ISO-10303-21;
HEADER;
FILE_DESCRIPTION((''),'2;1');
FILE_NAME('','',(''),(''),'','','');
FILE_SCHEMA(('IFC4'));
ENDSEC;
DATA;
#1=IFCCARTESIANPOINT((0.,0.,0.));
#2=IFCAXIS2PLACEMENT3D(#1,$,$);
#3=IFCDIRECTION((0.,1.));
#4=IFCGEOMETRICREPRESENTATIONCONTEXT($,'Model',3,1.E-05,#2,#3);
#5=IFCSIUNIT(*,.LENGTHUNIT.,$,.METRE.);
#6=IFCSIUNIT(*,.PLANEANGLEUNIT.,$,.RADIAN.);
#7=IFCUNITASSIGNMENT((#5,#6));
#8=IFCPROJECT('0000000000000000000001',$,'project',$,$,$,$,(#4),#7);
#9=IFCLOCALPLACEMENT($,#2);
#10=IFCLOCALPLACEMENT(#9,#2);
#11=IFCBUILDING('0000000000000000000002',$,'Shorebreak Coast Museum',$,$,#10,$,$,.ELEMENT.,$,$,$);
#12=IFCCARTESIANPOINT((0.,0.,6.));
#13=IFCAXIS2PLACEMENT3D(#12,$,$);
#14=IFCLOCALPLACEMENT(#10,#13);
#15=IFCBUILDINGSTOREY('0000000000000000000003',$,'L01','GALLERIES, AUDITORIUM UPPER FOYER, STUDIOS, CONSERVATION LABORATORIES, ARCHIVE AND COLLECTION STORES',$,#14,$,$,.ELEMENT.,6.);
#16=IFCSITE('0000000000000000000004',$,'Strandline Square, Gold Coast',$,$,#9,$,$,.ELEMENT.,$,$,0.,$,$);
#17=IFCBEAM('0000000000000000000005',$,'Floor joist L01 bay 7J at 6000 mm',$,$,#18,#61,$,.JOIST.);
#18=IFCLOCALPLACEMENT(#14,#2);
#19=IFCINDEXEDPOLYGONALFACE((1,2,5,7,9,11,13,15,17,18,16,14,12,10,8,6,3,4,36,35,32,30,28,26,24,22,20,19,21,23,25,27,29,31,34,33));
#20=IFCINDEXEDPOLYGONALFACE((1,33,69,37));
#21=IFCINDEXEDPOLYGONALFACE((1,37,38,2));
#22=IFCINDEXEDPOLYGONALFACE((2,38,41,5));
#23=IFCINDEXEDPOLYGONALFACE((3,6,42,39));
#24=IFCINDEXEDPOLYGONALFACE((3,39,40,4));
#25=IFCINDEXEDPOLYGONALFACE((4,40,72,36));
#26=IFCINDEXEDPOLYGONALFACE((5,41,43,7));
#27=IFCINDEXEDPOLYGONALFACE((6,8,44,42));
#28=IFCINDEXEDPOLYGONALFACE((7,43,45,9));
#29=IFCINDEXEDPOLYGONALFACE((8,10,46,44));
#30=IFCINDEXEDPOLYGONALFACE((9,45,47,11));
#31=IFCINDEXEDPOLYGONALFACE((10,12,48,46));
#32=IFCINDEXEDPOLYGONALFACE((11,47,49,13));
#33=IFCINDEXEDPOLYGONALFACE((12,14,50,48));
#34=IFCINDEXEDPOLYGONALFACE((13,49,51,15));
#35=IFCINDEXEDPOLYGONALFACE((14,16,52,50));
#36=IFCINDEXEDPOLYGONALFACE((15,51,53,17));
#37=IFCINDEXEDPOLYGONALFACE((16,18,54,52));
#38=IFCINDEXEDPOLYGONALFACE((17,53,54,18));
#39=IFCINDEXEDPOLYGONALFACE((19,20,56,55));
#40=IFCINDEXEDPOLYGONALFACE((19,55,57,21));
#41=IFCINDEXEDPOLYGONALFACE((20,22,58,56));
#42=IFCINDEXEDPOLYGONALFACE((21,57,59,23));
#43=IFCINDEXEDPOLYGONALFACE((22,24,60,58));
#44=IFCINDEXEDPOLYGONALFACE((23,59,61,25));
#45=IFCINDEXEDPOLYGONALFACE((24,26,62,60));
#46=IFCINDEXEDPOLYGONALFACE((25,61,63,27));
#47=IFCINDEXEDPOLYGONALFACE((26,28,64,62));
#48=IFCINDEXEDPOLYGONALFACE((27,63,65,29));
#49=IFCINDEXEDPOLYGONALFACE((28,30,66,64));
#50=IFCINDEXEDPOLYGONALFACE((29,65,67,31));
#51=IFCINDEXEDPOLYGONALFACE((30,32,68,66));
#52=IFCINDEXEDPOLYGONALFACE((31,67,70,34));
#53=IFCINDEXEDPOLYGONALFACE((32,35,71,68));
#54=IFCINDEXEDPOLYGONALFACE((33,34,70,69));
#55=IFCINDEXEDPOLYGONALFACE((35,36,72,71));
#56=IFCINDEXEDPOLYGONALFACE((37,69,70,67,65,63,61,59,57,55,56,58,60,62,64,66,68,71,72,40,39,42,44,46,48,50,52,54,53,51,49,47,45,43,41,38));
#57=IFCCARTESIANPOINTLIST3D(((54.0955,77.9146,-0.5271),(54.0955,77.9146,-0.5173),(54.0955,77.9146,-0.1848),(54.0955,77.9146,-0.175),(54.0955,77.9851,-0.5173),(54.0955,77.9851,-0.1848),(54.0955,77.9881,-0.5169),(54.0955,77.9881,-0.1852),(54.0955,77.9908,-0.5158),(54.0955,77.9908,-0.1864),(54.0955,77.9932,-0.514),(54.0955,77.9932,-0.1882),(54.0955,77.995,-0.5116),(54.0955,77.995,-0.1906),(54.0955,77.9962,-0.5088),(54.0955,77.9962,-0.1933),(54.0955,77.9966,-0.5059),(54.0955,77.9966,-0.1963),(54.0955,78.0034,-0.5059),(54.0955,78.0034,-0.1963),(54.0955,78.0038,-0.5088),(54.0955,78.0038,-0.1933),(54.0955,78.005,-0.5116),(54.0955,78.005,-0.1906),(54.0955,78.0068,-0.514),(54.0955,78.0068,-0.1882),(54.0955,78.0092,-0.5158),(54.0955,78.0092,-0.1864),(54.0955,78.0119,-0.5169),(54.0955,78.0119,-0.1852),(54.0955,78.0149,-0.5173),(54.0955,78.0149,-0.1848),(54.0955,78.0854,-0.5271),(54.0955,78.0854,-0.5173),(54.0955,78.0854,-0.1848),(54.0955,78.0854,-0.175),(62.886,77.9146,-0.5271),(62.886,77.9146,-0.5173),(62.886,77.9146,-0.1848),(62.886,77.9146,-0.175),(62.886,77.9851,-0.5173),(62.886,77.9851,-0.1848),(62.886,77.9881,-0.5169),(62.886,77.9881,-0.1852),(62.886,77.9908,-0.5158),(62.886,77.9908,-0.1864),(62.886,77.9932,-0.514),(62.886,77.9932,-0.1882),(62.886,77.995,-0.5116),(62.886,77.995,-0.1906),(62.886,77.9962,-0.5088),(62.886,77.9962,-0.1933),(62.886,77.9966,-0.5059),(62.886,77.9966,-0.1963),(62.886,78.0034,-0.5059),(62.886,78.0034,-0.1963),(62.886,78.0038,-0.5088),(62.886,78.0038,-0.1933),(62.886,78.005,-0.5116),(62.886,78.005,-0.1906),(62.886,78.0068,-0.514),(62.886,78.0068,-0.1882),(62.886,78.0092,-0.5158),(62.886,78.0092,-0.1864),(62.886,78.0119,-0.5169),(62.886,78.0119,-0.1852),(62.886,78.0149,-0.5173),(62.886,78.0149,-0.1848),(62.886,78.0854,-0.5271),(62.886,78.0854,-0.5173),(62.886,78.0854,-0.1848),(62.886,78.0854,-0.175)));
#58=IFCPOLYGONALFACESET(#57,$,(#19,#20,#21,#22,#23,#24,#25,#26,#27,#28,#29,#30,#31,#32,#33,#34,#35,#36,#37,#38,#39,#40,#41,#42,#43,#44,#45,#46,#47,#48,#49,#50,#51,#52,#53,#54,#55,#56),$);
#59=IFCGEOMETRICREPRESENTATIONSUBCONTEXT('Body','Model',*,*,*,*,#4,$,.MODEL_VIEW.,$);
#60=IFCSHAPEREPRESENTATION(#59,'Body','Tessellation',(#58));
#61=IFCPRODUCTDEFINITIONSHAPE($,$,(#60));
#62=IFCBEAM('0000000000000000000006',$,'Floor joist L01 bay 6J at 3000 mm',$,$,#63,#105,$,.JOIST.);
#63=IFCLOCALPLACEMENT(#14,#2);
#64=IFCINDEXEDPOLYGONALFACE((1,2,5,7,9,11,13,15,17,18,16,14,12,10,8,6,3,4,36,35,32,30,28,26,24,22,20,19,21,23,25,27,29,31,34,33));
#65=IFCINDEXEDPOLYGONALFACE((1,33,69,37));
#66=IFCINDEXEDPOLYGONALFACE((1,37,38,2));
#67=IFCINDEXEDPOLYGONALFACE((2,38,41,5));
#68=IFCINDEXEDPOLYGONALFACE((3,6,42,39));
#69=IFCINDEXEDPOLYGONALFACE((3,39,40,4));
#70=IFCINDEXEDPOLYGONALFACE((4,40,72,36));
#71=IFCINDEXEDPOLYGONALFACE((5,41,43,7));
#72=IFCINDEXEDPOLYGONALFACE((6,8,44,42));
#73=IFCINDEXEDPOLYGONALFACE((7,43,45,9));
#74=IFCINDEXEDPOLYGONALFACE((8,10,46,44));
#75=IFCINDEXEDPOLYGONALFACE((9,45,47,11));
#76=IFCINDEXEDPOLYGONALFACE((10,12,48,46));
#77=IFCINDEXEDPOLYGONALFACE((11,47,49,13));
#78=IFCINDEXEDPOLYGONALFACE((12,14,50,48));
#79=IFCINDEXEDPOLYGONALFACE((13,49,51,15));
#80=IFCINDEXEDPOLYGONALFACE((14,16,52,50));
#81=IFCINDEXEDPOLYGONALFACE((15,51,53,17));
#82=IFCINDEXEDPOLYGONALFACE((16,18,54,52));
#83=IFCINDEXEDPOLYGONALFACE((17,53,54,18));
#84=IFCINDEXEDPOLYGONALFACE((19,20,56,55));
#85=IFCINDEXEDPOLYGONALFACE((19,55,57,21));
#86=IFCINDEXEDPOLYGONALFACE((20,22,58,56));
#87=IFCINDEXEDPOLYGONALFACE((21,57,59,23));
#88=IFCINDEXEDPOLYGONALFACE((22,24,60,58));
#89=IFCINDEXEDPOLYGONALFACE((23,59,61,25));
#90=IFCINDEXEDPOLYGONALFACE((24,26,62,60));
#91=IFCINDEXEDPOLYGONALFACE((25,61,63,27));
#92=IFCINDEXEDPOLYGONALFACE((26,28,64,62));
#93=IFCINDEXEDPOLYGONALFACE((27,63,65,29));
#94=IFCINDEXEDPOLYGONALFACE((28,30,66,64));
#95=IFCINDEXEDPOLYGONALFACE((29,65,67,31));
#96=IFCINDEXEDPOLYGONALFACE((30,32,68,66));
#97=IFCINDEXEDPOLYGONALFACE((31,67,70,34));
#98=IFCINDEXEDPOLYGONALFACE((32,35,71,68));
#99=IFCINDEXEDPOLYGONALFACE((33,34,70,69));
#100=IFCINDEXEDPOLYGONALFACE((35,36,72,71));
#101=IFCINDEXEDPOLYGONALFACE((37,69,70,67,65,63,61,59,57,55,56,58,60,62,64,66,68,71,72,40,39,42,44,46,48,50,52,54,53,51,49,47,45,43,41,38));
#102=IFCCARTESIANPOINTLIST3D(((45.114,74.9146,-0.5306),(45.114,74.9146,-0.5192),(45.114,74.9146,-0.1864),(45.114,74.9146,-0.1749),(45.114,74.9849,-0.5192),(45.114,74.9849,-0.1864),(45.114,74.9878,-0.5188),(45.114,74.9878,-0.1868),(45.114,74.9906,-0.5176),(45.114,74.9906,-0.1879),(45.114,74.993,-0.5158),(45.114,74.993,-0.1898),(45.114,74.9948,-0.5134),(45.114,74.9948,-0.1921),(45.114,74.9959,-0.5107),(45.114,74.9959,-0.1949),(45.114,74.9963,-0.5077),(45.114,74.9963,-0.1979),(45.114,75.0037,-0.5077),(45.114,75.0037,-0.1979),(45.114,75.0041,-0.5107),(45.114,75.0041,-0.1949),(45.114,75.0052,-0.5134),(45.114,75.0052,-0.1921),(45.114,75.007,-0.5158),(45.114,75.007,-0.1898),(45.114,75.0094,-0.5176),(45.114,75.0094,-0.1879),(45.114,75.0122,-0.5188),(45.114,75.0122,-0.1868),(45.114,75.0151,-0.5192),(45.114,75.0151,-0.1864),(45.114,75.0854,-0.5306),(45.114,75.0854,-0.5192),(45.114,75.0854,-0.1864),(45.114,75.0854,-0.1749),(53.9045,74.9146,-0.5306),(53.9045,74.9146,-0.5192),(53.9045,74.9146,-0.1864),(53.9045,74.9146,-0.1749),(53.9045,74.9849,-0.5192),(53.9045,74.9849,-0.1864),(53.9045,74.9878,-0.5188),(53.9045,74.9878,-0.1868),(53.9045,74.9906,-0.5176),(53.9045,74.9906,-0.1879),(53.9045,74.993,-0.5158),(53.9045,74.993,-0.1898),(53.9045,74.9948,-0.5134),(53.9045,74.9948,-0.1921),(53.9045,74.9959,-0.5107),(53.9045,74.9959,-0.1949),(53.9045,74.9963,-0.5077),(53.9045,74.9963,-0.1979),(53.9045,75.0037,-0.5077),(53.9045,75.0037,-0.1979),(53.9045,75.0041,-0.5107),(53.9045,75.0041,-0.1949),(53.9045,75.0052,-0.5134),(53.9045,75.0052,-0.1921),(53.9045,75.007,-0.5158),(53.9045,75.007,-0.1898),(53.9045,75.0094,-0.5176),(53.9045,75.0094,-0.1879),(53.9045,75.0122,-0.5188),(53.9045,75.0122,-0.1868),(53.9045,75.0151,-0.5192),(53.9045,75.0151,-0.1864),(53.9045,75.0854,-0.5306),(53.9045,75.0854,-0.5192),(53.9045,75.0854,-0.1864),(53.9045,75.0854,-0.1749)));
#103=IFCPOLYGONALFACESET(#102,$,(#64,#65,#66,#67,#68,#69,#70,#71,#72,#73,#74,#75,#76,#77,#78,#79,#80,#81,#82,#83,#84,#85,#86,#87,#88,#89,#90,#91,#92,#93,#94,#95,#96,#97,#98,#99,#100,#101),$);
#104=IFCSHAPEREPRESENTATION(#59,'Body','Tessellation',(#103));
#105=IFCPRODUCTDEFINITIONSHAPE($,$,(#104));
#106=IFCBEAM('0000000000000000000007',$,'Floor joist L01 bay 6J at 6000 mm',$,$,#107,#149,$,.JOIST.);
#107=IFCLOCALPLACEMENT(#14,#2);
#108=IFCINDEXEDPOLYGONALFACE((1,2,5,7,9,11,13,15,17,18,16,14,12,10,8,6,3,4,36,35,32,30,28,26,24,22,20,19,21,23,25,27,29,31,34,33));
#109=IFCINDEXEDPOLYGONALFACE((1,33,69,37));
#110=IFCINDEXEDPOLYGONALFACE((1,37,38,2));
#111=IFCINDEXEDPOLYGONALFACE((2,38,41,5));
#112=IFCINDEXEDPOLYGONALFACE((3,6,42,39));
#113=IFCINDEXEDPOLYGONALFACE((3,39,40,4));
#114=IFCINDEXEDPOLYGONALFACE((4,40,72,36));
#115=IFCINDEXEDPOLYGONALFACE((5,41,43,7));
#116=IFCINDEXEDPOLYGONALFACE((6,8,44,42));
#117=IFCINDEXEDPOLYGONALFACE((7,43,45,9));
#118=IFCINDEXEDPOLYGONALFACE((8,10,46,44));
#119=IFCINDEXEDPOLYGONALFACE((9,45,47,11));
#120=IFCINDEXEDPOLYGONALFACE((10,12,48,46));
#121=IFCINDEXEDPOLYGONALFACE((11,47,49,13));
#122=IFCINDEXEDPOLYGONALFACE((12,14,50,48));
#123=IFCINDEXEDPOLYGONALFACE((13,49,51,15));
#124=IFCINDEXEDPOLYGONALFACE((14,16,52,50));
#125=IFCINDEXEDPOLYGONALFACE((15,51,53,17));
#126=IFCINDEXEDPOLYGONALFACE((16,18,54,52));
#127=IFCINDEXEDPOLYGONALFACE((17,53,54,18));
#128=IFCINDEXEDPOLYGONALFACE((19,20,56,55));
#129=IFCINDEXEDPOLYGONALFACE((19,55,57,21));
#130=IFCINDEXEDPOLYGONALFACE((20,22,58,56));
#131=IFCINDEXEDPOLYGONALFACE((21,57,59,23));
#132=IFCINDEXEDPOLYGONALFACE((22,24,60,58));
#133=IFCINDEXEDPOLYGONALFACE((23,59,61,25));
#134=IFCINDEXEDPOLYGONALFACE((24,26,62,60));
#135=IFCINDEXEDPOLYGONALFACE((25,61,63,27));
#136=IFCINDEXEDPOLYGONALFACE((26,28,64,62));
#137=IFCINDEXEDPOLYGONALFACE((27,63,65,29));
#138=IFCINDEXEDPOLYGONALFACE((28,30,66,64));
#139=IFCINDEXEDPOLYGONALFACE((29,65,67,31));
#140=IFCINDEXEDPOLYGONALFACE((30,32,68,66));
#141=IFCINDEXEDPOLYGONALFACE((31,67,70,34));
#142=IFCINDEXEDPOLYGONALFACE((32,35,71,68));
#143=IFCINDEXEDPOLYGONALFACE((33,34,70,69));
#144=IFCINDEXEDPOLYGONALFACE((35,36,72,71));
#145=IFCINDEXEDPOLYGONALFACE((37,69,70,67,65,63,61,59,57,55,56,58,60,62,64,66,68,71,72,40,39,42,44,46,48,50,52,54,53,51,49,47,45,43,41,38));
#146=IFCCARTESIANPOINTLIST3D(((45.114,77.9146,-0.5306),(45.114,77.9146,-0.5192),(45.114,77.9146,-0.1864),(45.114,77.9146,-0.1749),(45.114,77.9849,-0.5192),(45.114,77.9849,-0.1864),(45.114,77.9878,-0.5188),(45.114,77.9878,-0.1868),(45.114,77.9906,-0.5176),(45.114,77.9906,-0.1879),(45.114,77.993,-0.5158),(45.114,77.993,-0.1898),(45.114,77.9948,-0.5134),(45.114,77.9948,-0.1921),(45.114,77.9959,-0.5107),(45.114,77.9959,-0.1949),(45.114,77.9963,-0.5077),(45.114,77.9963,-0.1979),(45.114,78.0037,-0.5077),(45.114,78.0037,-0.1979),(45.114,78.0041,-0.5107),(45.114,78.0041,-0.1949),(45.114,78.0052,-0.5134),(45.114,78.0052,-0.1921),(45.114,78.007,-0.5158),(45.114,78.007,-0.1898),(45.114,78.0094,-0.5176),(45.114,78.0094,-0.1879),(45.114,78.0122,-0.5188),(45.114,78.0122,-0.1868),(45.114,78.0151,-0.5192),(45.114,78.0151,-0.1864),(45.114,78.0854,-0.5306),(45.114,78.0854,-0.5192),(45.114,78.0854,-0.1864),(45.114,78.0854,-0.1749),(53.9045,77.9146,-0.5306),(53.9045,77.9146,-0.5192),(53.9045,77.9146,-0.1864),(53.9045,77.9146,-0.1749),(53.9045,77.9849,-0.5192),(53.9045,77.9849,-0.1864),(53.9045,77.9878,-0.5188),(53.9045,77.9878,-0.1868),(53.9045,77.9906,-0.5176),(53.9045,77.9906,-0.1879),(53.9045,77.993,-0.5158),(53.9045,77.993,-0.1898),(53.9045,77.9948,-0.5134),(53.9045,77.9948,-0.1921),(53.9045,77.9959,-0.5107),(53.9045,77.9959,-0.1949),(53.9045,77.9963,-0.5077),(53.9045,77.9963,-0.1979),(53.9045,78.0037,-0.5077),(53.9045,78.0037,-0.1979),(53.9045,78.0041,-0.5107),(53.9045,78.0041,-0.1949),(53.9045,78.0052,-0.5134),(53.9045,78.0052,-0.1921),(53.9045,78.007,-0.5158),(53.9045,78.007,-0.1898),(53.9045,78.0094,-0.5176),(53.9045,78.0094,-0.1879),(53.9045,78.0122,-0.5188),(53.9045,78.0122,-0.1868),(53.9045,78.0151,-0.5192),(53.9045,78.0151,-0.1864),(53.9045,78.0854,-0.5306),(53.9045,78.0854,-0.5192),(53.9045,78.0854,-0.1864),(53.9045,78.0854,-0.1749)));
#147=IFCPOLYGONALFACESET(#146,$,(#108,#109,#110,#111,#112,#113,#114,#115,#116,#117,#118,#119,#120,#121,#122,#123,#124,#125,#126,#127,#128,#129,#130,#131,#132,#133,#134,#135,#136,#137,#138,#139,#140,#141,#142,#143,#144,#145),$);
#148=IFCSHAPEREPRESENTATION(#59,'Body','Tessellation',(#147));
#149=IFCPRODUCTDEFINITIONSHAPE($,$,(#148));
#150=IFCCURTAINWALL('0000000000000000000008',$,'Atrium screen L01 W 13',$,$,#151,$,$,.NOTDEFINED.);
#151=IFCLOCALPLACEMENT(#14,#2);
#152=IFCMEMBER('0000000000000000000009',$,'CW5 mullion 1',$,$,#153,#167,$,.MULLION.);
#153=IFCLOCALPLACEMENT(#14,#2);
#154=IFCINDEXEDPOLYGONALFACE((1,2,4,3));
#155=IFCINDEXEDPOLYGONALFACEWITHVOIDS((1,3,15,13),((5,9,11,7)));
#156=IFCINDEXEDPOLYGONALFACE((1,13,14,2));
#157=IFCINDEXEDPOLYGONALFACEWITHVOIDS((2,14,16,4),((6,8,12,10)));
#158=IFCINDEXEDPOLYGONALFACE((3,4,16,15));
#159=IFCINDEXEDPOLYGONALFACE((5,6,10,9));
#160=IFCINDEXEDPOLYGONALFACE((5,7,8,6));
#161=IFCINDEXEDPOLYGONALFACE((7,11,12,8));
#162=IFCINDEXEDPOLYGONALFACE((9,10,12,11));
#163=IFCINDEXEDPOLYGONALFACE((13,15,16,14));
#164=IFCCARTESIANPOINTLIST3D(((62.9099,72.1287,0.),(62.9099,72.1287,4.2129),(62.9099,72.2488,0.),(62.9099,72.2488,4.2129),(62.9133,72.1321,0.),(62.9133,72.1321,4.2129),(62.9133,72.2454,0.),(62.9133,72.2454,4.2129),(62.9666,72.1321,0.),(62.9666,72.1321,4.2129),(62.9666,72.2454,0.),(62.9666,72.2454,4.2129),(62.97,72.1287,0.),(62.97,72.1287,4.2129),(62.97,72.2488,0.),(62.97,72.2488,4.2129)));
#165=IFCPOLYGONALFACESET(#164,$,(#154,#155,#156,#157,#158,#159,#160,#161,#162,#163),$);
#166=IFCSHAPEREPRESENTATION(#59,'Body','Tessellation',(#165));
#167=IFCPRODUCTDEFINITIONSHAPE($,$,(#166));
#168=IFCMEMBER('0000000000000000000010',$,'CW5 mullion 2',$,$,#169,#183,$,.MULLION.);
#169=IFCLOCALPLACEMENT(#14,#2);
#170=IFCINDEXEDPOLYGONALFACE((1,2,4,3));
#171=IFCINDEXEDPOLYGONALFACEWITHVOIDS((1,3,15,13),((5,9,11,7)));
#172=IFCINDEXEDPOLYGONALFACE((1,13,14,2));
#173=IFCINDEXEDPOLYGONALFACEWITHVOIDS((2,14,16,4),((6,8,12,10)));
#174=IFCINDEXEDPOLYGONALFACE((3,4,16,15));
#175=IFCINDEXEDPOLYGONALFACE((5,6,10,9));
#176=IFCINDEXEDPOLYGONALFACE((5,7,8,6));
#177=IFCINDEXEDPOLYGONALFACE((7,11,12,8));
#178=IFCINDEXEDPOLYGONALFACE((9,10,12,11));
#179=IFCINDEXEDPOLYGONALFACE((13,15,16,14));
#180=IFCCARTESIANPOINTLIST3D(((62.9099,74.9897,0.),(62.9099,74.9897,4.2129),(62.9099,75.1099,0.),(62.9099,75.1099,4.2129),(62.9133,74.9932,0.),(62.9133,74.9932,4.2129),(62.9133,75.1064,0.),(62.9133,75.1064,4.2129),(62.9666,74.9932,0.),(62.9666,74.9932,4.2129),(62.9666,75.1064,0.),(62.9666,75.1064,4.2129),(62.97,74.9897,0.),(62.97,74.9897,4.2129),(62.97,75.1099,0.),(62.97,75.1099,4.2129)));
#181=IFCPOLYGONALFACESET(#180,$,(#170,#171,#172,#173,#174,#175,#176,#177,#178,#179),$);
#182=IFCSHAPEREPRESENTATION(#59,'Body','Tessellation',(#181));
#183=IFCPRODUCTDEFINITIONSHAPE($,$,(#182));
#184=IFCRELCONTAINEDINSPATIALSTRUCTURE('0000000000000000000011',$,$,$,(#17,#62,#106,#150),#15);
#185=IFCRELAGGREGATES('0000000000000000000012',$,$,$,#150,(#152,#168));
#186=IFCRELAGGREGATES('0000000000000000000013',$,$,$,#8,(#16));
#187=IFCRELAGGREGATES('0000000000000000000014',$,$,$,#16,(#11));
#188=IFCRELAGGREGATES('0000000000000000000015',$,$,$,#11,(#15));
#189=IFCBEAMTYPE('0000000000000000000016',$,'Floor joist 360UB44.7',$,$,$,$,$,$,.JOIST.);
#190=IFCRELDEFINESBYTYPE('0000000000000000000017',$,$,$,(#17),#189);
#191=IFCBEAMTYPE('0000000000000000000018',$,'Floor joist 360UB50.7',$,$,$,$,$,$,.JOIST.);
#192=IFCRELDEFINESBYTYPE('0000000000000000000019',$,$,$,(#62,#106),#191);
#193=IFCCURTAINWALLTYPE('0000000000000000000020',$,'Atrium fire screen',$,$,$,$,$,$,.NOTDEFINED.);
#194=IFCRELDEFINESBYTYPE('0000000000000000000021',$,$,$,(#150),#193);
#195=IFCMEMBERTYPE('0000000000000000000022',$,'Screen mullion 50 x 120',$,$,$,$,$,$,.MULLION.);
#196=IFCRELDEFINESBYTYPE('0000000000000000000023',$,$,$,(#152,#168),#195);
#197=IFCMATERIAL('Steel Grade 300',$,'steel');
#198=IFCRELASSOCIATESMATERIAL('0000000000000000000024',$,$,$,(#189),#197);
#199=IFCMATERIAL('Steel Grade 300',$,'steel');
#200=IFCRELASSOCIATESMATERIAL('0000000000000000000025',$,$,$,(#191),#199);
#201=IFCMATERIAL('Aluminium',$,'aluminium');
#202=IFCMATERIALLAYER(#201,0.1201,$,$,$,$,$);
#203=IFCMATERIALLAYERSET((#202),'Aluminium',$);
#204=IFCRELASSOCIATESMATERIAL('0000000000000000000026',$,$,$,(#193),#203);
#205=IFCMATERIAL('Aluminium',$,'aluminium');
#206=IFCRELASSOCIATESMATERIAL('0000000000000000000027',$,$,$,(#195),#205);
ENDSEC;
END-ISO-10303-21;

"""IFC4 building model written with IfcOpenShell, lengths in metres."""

from ifc_helpers import new_model, si_unit, direction, frame, origin, origin_2d, place, context, subcontext, project, spatial, hollow_rectangle, i_section, extrude, material, layer, layer_set, material_profile, profile_set, type_object, element, aggregate, save


model = new_model("IFC4")

# Units and contexts
model_context = context("Model", 3, precision=1e-05, world=origin(), true_north=direction((0.0, 1.0)))
body_context = subcontext(model_context, "Body", "Model", "MODEL_VIEW")
ifc_project = project(units=[si_unit("LENGTHUNIT", "METRE"), si_unit("PLANEANGLEUNIT", "RADIAN")], contexts=[model_context])

# Site, building, storey
site_placement = place(None, origin())
site = spatial("IfcSite", under=ifc_project, at=site_placement, Name="Strandline Square, Gold Coast", CompositionType="ELEMENT", RefElevation=0.0)
building_placement = place(site_placement, origin())
building = spatial("IfcBuilding", under=site, at=building_placement, Name="Shorebreak Coast Museum", CompositionType="ELEMENT")
storey_placement = place(building_placement, frame((0.0, 0.0, 6.0)))
storey = spatial("IfcBuildingStorey", under=building, at=storey_placement, Name="L01", Description="GALLERIES, AUDITORIUM UPPER FOYER, STUDIOS, CONSERVATION LABORATORIES, ARCHIVE AND COLLECTION STORES", CompositionType="ELEMENT", Elevation=6.0)

# Beams
ifc_material_1 = material(Name="Steel Grade 300", Category="steel")
ifc_material_profile_1 = material_profile(ifc_material_1, i_section(OverallWidth=0.1709, OverallDepth=0.3521, WebThickness=0.0068, FlangeThickness=0.0098, FilletRadius=0.0115, at=origin_2d()), Name="360UB44.7")
ifc_profile_set_1 = profile_set([ifc_material_profile_1], Name="Steel Grade 300")
beam_type_1 = type_object("IfcBeamType", Name="Floor joist 360UB44.7", PredefinedType="JOIST", material=ifc_profile_set_1)
for number, where, z_axis, x_axis, name in (
    (1, (54.0955, 78.0, -0.3511), (1.0, 0.0, 0.0), (0.0, 1.0, 0.0), "Floor joist L01 bay 7J at 6000 mm"),
):
    element("IfcBeam", number, at=place(storey_placement, frame(where, z_axis=z_axis, x_axis=x_axis)), inside=storey, type_object=beam_type_1, Name=name, PredefinedType="JOIST", context=body_context, shape_type="SweptSolid", body=[
        extrude(i_section(OverallWidth=0.1709, OverallDepth=0.3521, WebThickness=0.0068, FlangeThickness=0.0098, FilletRadius=0.0115, at=origin_2d()), origin(), (0.0, 0.0, 1.0), 8.7905),
    ])
ifc_material_2 = material(Name="Steel Grade 300", Category="steel")
ifc_material_profile_2 = material_profile(ifc_material_2, i_section(OverallWidth=0.1709, OverallDepth=0.3557, WebThickness=0.0073, FlangeThickness=0.0115, FilletRadius=0.0115, at=origin_2d()), Name="360UB50.7")
ifc_profile_set_2 = profile_set([ifc_material_profile_2], Name="Steel Grade 300")
beam_type_2 = type_object("IfcBeamType", Name="Floor joist 360UB50.7", PredefinedType="JOIST", material=ifc_profile_set_2)
for number, where, z_axis, x_axis, name in (
    (2, (45.114, 75.0, -0.3528), (1.0, 0.0, 0.0), (0.0, 1.0, 0.0), "Floor joist L01 bay 6J at 3000 mm"),
    (3, (45.114, 78.0, -0.3528), (1.0, 0.0, 0.0), (0.0, 1.0, 0.0), "Floor joist L01 bay 6J at 6000 mm"),
):
    element("IfcBeam", number, at=place(storey_placement, frame(where, z_axis=z_axis, x_axis=x_axis)), inside=storey, type_object=beam_type_2, Name=name, PredefinedType="JOIST", context=body_context, shape_type="SweptSolid", body=[
        extrude(i_section(OverallWidth=0.1709, OverallDepth=0.3557, WebThickness=0.0073, FlangeThickness=0.0115, FilletRadius=0.0115, at=origin_2d()), origin(), (0.0, 0.0, 1.0), 8.7905),
    ])

# Curtain wall, members
ifc_material_3 = material(Name="Aluminium", Category="aluminium")
ifc_layer_1 = layer(ifc_material_3, 0.1201)
ifc_layer_set_1 = layer_set([ifc_layer_1], Name="Aluminium")
curtain_wall_type = type_object("IfcCurtainWallType", Name="Atrium fire screen", PredefinedType="NOTDEFINED", material=ifc_layer_set_1)
curtain_wall_placement = place(storey_placement, origin())
curtain_wall = element("IfcCurtainWall", 4, at=curtain_wall_placement, inside=storey, type_object=curtain_wall_type, Name="Atrium screen L01 W 13", PredefinedType="NOTDEFINED")
ifc_material_4 = material(Name="Aluminium", Category="aluminium")
ifc_material_profile_3 = material_profile(ifc_material_4, hollow_rectangle(XDim=0.0601, YDim=0.1201, WallThickness=0.0034, at=origin_2d()), Name="AL 120x60 RHS")
ifc_profile_set_3 = profile_set([ifc_material_profile_3], Name="Aluminium")
member_type_1 = type_object("IfcMemberType", Name="Screen mullion 50 x 120", PredefinedType="MULLION", material=ifc_profile_set_3)
member_1_placement = place(storey_placement, frame((62.9399, 72.1887, 0.0), z_axis=(0.0, 0.0, 1.0), x_axis=(-1.0, 0.0, 0.0)))
member_1 = element("IfcMember", 5, at=member_1_placement, type_object=member_type_1, Name="CW5 mullion 1", PredefinedType="MULLION", context=body_context, shape_type="SweptSolid", body=[
    extrude(hollow_rectangle(XDim=0.0601, YDim=0.1201, WallThickness=0.0034, at=origin_2d()), origin(), (0.0, 0.0, 1.0), 4.2129),
])
member_2_placement = place(storey_placement, frame((62.9399, 75.0498, 0.0), z_axis=(0.0, 0.0, 1.0), x_axis=(-1.0, 0.0, 0.0)))
member_2 = element("IfcMember", 6, at=member_2_placement, type_object=member_type_1, Name="CW5 mullion 2", PredefinedType="MULLION", context=body_context, shape_type="SweptSolid", body=[
    extrude(hollow_rectangle(XDim=0.0601, YDim=0.1201, WallThickness=0.0034, at=origin_2d()), origin(), (0.0, 0.0, 1.0), 4.2129),
])

aggregate(curtain_wall, [member_1, member_2])

save(model, "model.ifc")
